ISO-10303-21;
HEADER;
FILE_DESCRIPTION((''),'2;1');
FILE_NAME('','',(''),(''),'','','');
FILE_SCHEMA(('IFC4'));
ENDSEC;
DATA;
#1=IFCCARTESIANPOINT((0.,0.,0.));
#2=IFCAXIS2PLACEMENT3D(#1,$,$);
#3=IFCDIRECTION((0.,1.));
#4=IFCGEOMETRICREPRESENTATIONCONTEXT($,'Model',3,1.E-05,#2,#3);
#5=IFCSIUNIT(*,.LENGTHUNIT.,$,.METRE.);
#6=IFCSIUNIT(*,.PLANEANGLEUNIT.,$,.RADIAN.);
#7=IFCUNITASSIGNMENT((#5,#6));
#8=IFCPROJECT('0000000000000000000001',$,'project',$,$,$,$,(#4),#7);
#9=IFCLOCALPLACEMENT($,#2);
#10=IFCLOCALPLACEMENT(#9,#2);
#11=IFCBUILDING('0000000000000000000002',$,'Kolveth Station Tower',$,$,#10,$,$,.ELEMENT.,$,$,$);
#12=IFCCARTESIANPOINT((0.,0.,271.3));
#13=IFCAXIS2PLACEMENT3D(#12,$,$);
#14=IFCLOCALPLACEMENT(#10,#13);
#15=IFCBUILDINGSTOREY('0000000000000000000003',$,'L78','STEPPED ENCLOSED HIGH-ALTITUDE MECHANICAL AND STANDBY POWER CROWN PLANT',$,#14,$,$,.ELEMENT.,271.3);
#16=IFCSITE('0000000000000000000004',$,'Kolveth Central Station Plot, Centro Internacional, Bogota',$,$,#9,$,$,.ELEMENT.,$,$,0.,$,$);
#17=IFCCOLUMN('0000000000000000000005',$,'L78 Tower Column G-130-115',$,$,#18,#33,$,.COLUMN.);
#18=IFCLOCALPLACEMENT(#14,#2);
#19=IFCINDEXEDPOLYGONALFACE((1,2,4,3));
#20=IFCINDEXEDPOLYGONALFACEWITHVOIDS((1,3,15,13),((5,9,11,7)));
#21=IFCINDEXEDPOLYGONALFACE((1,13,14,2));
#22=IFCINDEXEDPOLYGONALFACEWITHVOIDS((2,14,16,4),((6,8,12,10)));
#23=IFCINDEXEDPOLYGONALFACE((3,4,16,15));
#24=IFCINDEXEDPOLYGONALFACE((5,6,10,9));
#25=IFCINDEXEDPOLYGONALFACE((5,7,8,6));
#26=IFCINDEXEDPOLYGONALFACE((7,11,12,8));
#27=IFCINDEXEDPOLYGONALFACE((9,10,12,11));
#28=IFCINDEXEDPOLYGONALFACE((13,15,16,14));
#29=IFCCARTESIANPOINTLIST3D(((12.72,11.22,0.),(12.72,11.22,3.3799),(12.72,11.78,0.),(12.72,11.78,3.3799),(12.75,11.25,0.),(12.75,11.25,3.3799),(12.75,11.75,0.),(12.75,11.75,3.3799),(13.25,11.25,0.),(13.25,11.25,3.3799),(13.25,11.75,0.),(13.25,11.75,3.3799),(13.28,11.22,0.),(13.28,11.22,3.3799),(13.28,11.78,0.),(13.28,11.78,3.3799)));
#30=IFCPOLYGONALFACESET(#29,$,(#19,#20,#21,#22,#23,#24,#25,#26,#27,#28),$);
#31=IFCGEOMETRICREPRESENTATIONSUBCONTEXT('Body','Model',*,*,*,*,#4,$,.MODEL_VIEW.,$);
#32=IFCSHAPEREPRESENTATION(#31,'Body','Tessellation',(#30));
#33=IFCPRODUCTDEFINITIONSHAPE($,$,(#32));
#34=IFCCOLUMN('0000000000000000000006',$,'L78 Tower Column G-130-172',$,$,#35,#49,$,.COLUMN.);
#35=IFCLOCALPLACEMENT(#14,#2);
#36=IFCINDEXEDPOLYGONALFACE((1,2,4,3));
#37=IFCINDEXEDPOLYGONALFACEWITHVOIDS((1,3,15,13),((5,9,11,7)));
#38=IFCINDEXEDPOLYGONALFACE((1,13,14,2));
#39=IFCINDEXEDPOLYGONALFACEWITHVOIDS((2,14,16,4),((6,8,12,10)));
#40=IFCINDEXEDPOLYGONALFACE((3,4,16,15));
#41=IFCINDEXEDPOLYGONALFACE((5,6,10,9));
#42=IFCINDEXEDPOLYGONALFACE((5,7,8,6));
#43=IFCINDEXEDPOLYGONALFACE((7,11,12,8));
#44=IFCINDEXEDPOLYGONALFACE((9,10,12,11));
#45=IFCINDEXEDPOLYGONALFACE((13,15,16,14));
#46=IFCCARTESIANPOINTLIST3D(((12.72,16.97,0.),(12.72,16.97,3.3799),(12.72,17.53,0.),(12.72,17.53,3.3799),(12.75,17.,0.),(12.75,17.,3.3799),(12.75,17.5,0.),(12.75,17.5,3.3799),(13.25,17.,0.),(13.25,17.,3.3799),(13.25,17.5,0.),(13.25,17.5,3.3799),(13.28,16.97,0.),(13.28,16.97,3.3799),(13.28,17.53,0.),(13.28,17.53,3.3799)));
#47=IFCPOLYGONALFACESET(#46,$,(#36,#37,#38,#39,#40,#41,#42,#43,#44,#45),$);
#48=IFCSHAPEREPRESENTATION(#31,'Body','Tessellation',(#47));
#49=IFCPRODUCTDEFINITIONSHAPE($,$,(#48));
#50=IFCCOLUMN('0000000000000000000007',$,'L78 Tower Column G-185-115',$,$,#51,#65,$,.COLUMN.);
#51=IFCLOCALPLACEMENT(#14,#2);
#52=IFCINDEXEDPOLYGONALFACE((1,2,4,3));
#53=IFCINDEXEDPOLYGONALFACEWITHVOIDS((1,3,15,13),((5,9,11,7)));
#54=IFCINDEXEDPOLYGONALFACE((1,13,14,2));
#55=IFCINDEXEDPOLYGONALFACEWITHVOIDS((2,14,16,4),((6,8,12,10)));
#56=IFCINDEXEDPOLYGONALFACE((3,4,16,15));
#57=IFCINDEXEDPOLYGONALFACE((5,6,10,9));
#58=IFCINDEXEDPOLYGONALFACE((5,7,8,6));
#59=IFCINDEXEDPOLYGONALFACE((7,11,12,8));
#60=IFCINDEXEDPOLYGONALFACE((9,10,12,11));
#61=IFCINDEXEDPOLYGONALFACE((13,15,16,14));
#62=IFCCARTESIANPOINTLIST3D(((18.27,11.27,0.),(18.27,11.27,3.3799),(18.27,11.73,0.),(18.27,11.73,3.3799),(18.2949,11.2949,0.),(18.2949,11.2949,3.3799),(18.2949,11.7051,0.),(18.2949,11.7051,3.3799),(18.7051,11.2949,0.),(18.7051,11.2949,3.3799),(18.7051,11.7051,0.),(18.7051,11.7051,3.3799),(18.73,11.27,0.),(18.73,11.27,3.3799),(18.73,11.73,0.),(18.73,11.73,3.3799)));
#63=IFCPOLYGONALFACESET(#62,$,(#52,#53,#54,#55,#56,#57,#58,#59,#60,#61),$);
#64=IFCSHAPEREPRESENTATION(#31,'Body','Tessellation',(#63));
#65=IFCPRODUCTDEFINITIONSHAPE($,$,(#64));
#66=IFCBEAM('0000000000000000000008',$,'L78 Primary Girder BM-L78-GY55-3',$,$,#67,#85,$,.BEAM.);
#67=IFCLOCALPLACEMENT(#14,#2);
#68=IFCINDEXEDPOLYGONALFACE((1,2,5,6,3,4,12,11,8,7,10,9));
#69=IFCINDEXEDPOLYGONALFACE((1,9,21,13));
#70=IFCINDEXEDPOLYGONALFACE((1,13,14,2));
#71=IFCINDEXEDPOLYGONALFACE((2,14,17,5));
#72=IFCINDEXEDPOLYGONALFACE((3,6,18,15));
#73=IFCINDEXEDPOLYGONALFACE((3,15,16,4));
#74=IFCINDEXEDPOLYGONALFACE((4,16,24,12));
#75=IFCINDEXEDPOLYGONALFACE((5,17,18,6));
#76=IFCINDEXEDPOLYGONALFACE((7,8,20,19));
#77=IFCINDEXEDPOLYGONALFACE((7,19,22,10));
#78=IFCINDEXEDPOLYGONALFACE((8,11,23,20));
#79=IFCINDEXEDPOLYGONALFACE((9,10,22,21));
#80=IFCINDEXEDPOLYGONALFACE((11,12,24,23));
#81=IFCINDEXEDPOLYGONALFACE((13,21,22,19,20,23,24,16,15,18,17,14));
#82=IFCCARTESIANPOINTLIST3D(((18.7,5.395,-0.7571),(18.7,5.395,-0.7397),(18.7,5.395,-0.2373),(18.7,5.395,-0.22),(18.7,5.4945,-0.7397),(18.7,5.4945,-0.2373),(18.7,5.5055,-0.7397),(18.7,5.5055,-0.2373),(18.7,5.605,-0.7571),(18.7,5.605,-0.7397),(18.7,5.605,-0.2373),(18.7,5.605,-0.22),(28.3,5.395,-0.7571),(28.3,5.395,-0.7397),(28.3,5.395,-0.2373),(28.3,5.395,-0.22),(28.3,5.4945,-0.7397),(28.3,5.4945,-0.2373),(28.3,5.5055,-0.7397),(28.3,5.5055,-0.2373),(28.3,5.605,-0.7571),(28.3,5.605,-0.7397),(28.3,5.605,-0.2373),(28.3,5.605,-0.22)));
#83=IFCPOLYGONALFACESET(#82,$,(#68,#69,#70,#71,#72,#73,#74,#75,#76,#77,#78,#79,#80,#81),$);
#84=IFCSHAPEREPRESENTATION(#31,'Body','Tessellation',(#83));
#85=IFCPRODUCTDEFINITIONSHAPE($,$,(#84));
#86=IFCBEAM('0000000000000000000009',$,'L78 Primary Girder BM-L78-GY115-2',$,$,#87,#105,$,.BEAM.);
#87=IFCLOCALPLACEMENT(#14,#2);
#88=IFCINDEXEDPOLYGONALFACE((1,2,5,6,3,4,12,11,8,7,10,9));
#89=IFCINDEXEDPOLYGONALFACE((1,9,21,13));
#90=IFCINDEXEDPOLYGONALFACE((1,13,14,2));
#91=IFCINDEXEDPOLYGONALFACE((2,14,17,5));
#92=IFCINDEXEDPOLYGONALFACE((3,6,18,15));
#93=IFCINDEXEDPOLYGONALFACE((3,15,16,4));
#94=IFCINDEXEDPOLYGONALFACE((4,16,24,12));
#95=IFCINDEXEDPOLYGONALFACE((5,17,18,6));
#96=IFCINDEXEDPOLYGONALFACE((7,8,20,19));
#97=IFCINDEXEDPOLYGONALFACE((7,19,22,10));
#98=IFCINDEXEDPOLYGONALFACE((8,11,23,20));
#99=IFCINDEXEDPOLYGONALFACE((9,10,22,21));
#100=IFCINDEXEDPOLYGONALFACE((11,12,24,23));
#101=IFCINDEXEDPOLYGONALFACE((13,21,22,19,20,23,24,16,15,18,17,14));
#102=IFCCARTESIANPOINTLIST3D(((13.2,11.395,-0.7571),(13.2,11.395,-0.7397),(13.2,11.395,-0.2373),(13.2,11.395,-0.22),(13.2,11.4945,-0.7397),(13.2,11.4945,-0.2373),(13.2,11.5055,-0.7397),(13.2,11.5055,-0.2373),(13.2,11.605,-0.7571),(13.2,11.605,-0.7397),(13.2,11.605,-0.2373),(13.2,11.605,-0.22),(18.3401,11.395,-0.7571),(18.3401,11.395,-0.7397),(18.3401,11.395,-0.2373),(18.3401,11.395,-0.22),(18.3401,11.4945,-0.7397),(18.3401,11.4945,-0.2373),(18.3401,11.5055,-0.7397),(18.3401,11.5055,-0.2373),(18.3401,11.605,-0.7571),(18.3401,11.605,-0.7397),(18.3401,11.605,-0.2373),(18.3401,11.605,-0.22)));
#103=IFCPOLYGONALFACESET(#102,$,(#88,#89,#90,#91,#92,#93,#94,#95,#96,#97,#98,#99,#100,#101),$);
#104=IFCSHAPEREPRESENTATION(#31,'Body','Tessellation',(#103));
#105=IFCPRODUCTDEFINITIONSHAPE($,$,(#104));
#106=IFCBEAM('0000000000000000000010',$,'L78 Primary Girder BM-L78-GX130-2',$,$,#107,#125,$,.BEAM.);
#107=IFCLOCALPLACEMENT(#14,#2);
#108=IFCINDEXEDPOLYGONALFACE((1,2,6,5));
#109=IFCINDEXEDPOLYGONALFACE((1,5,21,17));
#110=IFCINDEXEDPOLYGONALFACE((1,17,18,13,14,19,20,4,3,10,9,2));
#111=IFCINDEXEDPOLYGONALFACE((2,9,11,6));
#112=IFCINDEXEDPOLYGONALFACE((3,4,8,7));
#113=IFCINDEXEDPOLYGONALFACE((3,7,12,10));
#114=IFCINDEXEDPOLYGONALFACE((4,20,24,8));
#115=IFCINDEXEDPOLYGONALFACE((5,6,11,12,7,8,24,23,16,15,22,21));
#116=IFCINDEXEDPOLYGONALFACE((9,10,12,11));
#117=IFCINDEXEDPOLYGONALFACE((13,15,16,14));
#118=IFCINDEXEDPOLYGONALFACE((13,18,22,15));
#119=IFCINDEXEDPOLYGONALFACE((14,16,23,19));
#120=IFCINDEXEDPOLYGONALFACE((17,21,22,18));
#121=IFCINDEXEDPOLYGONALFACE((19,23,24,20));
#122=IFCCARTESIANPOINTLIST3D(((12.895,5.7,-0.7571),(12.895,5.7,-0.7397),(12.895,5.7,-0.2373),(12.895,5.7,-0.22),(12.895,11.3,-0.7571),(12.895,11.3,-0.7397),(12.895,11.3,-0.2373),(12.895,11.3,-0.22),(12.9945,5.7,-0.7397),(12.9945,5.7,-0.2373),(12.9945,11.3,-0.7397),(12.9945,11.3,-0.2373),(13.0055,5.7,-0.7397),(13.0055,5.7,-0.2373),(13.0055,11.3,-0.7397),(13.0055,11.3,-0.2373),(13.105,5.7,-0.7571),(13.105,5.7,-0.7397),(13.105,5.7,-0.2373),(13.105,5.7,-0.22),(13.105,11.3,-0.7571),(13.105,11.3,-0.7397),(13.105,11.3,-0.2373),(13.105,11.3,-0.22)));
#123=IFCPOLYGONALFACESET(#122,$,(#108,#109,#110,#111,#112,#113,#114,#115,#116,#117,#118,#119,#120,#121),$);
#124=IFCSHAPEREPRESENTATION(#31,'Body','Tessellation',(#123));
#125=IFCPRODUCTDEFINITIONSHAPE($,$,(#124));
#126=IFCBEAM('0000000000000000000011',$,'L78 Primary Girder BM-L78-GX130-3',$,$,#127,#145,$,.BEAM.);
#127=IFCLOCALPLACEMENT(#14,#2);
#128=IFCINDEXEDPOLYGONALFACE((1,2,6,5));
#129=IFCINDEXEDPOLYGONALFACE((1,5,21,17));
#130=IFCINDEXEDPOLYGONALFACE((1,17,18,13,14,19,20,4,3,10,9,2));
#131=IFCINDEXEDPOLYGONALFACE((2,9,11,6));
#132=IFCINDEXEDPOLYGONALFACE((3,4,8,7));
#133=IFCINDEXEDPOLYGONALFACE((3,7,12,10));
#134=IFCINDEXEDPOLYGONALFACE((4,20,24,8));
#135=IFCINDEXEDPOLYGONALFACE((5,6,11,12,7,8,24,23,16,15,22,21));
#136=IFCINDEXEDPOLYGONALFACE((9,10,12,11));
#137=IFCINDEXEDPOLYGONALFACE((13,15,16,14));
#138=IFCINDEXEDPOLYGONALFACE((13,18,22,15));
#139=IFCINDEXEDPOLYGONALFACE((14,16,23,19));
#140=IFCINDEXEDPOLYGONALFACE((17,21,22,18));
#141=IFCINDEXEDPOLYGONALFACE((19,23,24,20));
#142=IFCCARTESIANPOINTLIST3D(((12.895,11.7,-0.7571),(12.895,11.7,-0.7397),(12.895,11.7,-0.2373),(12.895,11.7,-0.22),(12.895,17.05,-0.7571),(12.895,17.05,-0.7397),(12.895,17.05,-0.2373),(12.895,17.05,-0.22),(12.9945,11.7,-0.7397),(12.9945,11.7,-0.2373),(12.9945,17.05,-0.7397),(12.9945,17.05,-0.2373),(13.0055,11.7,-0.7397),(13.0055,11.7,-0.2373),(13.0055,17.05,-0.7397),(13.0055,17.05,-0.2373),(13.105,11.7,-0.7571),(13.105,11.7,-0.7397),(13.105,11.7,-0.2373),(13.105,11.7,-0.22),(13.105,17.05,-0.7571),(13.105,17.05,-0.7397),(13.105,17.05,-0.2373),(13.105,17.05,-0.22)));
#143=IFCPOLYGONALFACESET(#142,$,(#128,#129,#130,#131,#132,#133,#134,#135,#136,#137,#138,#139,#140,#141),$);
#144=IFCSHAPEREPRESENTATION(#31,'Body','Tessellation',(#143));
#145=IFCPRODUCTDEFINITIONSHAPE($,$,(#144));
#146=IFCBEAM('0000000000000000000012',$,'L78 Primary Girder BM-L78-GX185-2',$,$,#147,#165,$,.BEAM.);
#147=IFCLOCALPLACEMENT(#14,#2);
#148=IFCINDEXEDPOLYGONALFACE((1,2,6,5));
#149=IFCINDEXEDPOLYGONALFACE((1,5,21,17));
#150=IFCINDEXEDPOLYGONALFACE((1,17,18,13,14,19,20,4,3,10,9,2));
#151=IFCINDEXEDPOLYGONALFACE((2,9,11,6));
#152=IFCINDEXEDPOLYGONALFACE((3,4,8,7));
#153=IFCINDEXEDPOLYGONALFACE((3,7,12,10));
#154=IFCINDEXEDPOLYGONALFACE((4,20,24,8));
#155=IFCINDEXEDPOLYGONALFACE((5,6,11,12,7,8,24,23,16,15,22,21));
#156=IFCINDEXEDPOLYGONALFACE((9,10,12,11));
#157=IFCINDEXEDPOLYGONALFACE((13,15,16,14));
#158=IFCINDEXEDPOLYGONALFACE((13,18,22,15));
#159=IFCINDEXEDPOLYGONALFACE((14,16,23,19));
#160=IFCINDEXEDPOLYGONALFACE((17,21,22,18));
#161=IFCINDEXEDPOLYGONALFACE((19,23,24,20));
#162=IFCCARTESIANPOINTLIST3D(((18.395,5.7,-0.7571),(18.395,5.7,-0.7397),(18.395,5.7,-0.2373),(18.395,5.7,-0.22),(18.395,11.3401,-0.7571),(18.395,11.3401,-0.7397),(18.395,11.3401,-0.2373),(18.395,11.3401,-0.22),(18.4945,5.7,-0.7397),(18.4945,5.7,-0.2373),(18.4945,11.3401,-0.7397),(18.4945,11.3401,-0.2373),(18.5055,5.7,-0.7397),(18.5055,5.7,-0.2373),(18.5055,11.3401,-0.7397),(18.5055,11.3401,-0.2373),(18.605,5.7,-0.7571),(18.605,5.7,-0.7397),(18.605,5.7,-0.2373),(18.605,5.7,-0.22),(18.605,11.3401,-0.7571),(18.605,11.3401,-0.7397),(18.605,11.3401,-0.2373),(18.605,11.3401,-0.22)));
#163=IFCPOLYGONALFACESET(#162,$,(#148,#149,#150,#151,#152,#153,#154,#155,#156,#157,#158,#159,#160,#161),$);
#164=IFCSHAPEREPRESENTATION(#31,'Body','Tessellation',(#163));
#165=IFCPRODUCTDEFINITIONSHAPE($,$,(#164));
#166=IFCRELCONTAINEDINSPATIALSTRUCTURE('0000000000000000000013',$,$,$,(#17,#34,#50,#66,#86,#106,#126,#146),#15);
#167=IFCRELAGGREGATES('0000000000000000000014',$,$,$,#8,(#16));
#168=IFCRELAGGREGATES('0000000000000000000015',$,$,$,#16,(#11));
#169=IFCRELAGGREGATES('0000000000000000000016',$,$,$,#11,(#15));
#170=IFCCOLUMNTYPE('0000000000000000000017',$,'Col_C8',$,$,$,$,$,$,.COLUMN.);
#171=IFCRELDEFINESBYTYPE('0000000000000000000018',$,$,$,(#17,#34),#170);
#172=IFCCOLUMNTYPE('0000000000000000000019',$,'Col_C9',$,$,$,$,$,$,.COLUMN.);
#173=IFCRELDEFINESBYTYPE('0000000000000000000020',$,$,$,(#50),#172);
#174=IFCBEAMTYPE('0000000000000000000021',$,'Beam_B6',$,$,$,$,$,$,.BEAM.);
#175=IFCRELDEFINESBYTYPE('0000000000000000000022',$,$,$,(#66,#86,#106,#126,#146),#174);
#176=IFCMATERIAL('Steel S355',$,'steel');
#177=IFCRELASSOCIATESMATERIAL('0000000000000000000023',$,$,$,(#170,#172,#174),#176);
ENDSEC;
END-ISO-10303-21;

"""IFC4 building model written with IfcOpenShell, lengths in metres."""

from ifc_helpers import new_model, si_unit, direction, frame, origin, origin_2d, place, context, subcontext, project, spatial, hollow_rectangle, i_section, extrude, source, transform, mapped, material, material_profile, profile_set, type_object, element, save


model = new_model("IFC4")

# Units and contexts
model_context = context("Model", 3, precision=1e-05, world=origin(), true_north=direction((0.0, 1.0)))
body_context = subcontext(model_context, "Body", "Model", "MODEL_VIEW")
ifc_project = project(units=[si_unit("LENGTHUNIT", "METRE"), si_unit("PLANEANGLEUNIT", "RADIAN")], contexts=[model_context])

# Site, building, storey
site_placement = place(None, origin())
site = spatial("IfcSite", under=ifc_project, at=site_placement, Name="Kolveth Central Station Plot, Centro Internacional, Bogota", CompositionType="ELEMENT", RefElevation=0.0)
building_placement = place(site_placement, origin())
building = spatial("IfcBuilding", under=site, at=building_placement, Name="Kolveth Station Tower", CompositionType="ELEMENT")
storey_placement = place(building_placement, frame((0.0, 0.0, 271.3)))
storey = spatial("IfcBuildingStorey", under=building, at=storey_placement, Name="L78", Description="STEPPED ENCLOSED HIGH-ALTITUDE MECHANICAL AND STANDBY POWER CROWN PLANT", CompositionType="ELEMENT", Elevation=271.3)

# Columns
ifc_material_1 = material(Name="Steel S355", Category="steel")
ifc_material_profile_1 = material_profile(ifc_material_1, hollow_rectangle(XDim=0.5601, YDim=0.5601, WallThickness=0.03, at=origin_2d()), Name="BOX560x560x30")
ifc_profile_set_1 = profile_set([ifc_material_profile_1], Name="Steel S355")
column_type_1 = type_object("IfcColumnType", Name="Col_C8", PredefinedType="COLUMN", material=ifc_profile_set_1)
shared_shape_1 = source(origin(), body_context, "Body", "SweptSolid", [
    extrude(hollow_rectangle(XDim=0.5601, YDim=0.5601, WallThickness=0.03, at=origin_2d()), origin(), (0.0, 0.0, 1.0), 3.3799),
])
for number, where, z_axis, x_axis, name in (
    (1, (13.0, 11.5, 0.0), (0.0, 0.0, 1.0), (1.0, 0.0, 0.0), "L78 Tower Column G-130-115"),
    (2, (13.0, 17.25, 0.0), (0.0, 0.0, 1.0), (1.0, 0.0, 0.0), "L78 Tower Column G-130-172"),
):
    element("IfcColumn", number, at=place(storey_placement, frame(where, z_axis=z_axis, x_axis=x_axis)), inside=storey, type_object=column_type_1, Name=name, PredefinedType="COLUMN", context=body_context, shape_type="MappedRepresentation", body=[
        mapped(shared_shape_1, transform((0.0, 0.0, 0.0), x_axis=(1.0, 0.0, 0.0), y_axis=(0.0, 1.0, 0.0), z_axis=(0.0, 0.0, 1.0), scale=1.0)),
    ])
ifc_material_profile_2 = material_profile(ifc_material_1, hollow_rectangle(XDim=0.46, YDim=0.46, WallThickness=0.0249, at=origin_2d()), Name="BOX460x460x25")
ifc_profile_set_2 = profile_set([ifc_material_profile_2], Name="Steel S355")
column_type_2 = type_object("IfcColumnType", Name="Col_C9", PredefinedType="COLUMN", material=ifc_profile_set_2)
shared_shape_2 = source(origin(), body_context, "Body", "SweptSolid", [
    extrude(hollow_rectangle(XDim=0.46, YDim=0.46, WallThickness=0.0249, at=origin_2d()), origin(), (0.0, 0.0, 1.0), 3.3799),
])
column_placement = place(storey_placement, frame((18.5, 11.5, 0.0), z_axis=(0.0, 0.0, 1.0), x_axis=(1.0, 0.0, 0.0)))
element("IfcColumn", 3, at=column_placement, inside=storey, type_object=column_type_2, Name="L78 Tower Column G-185-115", PredefinedType="COLUMN", context=body_context, shape_type="MappedRepresentation", body=[
    mapped(shared_shape_2, transform((0.0, 0.0, 0.0), x_axis=(1.0, 0.0, 0.0), y_axis=(0.0, 1.0, 0.0), z_axis=(0.0, 0.0, 1.0), scale=1.0)),
])

# Beams
ifc_material_profile_3 = material_profile(ifc_material_1, i_section(OverallWidth=0.21, OverallDepth=0.5371, WebThickness=0.011, FlangeThickness=0.0173, at=origin_2d()), Name="W530x101")
ifc_profile_set_3 = profile_set([ifc_material_profile_3], Name="Steel S355")
beam_type_1 = type_object("IfcBeamType", Name="Beam_B6", PredefinedType="BEAM", material=ifc_profile_set_3)
shared_shape_3 = source(origin(), body_context, "Body", "SweptSolid", [
    extrude(i_section(OverallWidth=0.21, OverallDepth=0.5371, WebThickness=0.011, FlangeThickness=0.0173, at=origin_2d()), origin(), (0.0, 0.0, 1.0), 9.6001),
])
beam_1_placement = place(storey_placement, frame((18.7, 5.5, -0.4885), z_axis=(1.0, 0.0, 0.0), x_axis=(0.0, 1.0, 0.0)))
element("IfcBeam", 4, at=beam_1_placement, inside=storey, type_object=beam_type_1, Name="L78 Primary Girder BM-L78-GY55-3", PredefinedType="BEAM", context=body_context, shape_type="MappedRepresentation", body=[
    mapped(shared_shape_3, transform((0.0, 0.0, 0.0), x_axis=(1.0, 0.0, 0.0), y_axis=(0.0, 1.0, 0.0), z_axis=(0.0, 0.0, 1.0), scale=1.0)),
])
shared_shape_4 = source(origin(), body_context, "Body", "SweptSolid", [
    extrude(i_section(OverallWidth=0.21, OverallDepth=0.5371, WebThickness=0.011, FlangeThickness=0.0173, at=origin_2d()), origin(), (0.0, 0.0, 1.0), 5.1401),
])
beam_2_placement = place(storey_placement, frame((13.2, 11.5, -0.4885), z_axis=(1.0, 0.0, 0.0), x_axis=(0.0, 1.0, 0.0)))
element("IfcBeam", 5, at=beam_2_placement, inside=storey, type_object=beam_type_1, Name="L78 Primary Girder BM-L78-GY115-2", PredefinedType="BEAM", context=body_context, shape_type="MappedRepresentation", body=[
    mapped(shared_shape_4, transform((0.0, 0.0, 0.0), x_axis=(1.0, 0.0, 0.0), y_axis=(0.0, 1.0, 0.0), z_axis=(0.0, 0.0, 1.0), scale=1.0)),
])
shared_shape_5 = source(origin(), body_context, "Body", "SweptSolid", [
    extrude(i_section(OverallWidth=0.21, OverallDepth=0.5371, WebThickness=0.011, FlangeThickness=0.0173, at=origin_2d()), origin(), (0.0, 0.0, 1.0), 5.6001),
])
beam_3_placement = place(storey_placement, frame((13.0, 5.7, -0.4885), z_axis=(0.0, 1.0, 0.0), x_axis=(-1.0, 0.0, 0.0)))
element("IfcBeam", 6, at=beam_3_placement, inside=storey, type_object=beam_type_1, Name="L78 Primary Girder BM-L78-GX130-2", PredefinedType="BEAM", context=body_context, shape_type="MappedRepresentation", body=[
    mapped(shared_shape_5, transform((0.0, 0.0, 0.0), x_axis=(1.0, 0.0, 0.0), y_axis=(0.0, 1.0, 0.0), z_axis=(0.0, 0.0, 1.0), scale=1.0)),
])
shared_shape_6 = source(origin(), body_context, "Body", "SweptSolid", [
    extrude(i_section(OverallWidth=0.21, OverallDepth=0.5371, WebThickness=0.011, FlangeThickness=0.0173, at=origin_2d()), origin(), (0.0, 0.0, 1.0), 5.3501),
])
beam_4_placement = place(storey_placement, frame((13.0, 11.7, -0.4885), z_axis=(0.0, 1.0, 0.0), x_axis=(-1.0, 0.0, 0.0)))
element("IfcBeam", 7, at=beam_4_placement, inside=storey, type_object=beam_type_1, Name="L78 Primary Girder BM-L78-GX130-3", PredefinedType="BEAM", context=body_context, shape_type="MappedRepresentation", body=[
    mapped(shared_shape_6, transform((0.0, 0.0, 0.0), x_axis=(1.0, 0.0, 0.0), y_axis=(0.0, 1.0, 0.0), z_axis=(0.0, 0.0, 1.0), scale=1.0)),
])
shared_shape_7 = source(origin(), body_context, "Body", "SweptSolid", [
    extrude(i_section(OverallWidth=0.21, OverallDepth=0.5371, WebThickness=0.011, FlangeThickness=0.0173, at=origin_2d()), origin(), (0.0, 0.0, 1.0), 5.6401),
])
beam_5_placement = place(storey_placement, frame((18.5, 5.7, -0.4885), z_axis=(0.0, 1.0, 0.0), x_axis=(-1.0, 0.0, 0.0)))
element("IfcBeam", 8, at=beam_5_placement, inside=storey, type_object=beam_type_1, Name="L78 Primary Girder BM-L78-GX185-2", PredefinedType="BEAM", context=body_context, shape_type="MappedRepresentation", body=[
    mapped(shared_shape_7, transform((0.0, 0.0, 0.0), x_axis=(1.0, 0.0, 0.0), y_axis=(0.0, 1.0, 0.0), z_axis=(0.0, 0.0, 1.0), scale=1.0)),
])

save(model, "model.ifc")
